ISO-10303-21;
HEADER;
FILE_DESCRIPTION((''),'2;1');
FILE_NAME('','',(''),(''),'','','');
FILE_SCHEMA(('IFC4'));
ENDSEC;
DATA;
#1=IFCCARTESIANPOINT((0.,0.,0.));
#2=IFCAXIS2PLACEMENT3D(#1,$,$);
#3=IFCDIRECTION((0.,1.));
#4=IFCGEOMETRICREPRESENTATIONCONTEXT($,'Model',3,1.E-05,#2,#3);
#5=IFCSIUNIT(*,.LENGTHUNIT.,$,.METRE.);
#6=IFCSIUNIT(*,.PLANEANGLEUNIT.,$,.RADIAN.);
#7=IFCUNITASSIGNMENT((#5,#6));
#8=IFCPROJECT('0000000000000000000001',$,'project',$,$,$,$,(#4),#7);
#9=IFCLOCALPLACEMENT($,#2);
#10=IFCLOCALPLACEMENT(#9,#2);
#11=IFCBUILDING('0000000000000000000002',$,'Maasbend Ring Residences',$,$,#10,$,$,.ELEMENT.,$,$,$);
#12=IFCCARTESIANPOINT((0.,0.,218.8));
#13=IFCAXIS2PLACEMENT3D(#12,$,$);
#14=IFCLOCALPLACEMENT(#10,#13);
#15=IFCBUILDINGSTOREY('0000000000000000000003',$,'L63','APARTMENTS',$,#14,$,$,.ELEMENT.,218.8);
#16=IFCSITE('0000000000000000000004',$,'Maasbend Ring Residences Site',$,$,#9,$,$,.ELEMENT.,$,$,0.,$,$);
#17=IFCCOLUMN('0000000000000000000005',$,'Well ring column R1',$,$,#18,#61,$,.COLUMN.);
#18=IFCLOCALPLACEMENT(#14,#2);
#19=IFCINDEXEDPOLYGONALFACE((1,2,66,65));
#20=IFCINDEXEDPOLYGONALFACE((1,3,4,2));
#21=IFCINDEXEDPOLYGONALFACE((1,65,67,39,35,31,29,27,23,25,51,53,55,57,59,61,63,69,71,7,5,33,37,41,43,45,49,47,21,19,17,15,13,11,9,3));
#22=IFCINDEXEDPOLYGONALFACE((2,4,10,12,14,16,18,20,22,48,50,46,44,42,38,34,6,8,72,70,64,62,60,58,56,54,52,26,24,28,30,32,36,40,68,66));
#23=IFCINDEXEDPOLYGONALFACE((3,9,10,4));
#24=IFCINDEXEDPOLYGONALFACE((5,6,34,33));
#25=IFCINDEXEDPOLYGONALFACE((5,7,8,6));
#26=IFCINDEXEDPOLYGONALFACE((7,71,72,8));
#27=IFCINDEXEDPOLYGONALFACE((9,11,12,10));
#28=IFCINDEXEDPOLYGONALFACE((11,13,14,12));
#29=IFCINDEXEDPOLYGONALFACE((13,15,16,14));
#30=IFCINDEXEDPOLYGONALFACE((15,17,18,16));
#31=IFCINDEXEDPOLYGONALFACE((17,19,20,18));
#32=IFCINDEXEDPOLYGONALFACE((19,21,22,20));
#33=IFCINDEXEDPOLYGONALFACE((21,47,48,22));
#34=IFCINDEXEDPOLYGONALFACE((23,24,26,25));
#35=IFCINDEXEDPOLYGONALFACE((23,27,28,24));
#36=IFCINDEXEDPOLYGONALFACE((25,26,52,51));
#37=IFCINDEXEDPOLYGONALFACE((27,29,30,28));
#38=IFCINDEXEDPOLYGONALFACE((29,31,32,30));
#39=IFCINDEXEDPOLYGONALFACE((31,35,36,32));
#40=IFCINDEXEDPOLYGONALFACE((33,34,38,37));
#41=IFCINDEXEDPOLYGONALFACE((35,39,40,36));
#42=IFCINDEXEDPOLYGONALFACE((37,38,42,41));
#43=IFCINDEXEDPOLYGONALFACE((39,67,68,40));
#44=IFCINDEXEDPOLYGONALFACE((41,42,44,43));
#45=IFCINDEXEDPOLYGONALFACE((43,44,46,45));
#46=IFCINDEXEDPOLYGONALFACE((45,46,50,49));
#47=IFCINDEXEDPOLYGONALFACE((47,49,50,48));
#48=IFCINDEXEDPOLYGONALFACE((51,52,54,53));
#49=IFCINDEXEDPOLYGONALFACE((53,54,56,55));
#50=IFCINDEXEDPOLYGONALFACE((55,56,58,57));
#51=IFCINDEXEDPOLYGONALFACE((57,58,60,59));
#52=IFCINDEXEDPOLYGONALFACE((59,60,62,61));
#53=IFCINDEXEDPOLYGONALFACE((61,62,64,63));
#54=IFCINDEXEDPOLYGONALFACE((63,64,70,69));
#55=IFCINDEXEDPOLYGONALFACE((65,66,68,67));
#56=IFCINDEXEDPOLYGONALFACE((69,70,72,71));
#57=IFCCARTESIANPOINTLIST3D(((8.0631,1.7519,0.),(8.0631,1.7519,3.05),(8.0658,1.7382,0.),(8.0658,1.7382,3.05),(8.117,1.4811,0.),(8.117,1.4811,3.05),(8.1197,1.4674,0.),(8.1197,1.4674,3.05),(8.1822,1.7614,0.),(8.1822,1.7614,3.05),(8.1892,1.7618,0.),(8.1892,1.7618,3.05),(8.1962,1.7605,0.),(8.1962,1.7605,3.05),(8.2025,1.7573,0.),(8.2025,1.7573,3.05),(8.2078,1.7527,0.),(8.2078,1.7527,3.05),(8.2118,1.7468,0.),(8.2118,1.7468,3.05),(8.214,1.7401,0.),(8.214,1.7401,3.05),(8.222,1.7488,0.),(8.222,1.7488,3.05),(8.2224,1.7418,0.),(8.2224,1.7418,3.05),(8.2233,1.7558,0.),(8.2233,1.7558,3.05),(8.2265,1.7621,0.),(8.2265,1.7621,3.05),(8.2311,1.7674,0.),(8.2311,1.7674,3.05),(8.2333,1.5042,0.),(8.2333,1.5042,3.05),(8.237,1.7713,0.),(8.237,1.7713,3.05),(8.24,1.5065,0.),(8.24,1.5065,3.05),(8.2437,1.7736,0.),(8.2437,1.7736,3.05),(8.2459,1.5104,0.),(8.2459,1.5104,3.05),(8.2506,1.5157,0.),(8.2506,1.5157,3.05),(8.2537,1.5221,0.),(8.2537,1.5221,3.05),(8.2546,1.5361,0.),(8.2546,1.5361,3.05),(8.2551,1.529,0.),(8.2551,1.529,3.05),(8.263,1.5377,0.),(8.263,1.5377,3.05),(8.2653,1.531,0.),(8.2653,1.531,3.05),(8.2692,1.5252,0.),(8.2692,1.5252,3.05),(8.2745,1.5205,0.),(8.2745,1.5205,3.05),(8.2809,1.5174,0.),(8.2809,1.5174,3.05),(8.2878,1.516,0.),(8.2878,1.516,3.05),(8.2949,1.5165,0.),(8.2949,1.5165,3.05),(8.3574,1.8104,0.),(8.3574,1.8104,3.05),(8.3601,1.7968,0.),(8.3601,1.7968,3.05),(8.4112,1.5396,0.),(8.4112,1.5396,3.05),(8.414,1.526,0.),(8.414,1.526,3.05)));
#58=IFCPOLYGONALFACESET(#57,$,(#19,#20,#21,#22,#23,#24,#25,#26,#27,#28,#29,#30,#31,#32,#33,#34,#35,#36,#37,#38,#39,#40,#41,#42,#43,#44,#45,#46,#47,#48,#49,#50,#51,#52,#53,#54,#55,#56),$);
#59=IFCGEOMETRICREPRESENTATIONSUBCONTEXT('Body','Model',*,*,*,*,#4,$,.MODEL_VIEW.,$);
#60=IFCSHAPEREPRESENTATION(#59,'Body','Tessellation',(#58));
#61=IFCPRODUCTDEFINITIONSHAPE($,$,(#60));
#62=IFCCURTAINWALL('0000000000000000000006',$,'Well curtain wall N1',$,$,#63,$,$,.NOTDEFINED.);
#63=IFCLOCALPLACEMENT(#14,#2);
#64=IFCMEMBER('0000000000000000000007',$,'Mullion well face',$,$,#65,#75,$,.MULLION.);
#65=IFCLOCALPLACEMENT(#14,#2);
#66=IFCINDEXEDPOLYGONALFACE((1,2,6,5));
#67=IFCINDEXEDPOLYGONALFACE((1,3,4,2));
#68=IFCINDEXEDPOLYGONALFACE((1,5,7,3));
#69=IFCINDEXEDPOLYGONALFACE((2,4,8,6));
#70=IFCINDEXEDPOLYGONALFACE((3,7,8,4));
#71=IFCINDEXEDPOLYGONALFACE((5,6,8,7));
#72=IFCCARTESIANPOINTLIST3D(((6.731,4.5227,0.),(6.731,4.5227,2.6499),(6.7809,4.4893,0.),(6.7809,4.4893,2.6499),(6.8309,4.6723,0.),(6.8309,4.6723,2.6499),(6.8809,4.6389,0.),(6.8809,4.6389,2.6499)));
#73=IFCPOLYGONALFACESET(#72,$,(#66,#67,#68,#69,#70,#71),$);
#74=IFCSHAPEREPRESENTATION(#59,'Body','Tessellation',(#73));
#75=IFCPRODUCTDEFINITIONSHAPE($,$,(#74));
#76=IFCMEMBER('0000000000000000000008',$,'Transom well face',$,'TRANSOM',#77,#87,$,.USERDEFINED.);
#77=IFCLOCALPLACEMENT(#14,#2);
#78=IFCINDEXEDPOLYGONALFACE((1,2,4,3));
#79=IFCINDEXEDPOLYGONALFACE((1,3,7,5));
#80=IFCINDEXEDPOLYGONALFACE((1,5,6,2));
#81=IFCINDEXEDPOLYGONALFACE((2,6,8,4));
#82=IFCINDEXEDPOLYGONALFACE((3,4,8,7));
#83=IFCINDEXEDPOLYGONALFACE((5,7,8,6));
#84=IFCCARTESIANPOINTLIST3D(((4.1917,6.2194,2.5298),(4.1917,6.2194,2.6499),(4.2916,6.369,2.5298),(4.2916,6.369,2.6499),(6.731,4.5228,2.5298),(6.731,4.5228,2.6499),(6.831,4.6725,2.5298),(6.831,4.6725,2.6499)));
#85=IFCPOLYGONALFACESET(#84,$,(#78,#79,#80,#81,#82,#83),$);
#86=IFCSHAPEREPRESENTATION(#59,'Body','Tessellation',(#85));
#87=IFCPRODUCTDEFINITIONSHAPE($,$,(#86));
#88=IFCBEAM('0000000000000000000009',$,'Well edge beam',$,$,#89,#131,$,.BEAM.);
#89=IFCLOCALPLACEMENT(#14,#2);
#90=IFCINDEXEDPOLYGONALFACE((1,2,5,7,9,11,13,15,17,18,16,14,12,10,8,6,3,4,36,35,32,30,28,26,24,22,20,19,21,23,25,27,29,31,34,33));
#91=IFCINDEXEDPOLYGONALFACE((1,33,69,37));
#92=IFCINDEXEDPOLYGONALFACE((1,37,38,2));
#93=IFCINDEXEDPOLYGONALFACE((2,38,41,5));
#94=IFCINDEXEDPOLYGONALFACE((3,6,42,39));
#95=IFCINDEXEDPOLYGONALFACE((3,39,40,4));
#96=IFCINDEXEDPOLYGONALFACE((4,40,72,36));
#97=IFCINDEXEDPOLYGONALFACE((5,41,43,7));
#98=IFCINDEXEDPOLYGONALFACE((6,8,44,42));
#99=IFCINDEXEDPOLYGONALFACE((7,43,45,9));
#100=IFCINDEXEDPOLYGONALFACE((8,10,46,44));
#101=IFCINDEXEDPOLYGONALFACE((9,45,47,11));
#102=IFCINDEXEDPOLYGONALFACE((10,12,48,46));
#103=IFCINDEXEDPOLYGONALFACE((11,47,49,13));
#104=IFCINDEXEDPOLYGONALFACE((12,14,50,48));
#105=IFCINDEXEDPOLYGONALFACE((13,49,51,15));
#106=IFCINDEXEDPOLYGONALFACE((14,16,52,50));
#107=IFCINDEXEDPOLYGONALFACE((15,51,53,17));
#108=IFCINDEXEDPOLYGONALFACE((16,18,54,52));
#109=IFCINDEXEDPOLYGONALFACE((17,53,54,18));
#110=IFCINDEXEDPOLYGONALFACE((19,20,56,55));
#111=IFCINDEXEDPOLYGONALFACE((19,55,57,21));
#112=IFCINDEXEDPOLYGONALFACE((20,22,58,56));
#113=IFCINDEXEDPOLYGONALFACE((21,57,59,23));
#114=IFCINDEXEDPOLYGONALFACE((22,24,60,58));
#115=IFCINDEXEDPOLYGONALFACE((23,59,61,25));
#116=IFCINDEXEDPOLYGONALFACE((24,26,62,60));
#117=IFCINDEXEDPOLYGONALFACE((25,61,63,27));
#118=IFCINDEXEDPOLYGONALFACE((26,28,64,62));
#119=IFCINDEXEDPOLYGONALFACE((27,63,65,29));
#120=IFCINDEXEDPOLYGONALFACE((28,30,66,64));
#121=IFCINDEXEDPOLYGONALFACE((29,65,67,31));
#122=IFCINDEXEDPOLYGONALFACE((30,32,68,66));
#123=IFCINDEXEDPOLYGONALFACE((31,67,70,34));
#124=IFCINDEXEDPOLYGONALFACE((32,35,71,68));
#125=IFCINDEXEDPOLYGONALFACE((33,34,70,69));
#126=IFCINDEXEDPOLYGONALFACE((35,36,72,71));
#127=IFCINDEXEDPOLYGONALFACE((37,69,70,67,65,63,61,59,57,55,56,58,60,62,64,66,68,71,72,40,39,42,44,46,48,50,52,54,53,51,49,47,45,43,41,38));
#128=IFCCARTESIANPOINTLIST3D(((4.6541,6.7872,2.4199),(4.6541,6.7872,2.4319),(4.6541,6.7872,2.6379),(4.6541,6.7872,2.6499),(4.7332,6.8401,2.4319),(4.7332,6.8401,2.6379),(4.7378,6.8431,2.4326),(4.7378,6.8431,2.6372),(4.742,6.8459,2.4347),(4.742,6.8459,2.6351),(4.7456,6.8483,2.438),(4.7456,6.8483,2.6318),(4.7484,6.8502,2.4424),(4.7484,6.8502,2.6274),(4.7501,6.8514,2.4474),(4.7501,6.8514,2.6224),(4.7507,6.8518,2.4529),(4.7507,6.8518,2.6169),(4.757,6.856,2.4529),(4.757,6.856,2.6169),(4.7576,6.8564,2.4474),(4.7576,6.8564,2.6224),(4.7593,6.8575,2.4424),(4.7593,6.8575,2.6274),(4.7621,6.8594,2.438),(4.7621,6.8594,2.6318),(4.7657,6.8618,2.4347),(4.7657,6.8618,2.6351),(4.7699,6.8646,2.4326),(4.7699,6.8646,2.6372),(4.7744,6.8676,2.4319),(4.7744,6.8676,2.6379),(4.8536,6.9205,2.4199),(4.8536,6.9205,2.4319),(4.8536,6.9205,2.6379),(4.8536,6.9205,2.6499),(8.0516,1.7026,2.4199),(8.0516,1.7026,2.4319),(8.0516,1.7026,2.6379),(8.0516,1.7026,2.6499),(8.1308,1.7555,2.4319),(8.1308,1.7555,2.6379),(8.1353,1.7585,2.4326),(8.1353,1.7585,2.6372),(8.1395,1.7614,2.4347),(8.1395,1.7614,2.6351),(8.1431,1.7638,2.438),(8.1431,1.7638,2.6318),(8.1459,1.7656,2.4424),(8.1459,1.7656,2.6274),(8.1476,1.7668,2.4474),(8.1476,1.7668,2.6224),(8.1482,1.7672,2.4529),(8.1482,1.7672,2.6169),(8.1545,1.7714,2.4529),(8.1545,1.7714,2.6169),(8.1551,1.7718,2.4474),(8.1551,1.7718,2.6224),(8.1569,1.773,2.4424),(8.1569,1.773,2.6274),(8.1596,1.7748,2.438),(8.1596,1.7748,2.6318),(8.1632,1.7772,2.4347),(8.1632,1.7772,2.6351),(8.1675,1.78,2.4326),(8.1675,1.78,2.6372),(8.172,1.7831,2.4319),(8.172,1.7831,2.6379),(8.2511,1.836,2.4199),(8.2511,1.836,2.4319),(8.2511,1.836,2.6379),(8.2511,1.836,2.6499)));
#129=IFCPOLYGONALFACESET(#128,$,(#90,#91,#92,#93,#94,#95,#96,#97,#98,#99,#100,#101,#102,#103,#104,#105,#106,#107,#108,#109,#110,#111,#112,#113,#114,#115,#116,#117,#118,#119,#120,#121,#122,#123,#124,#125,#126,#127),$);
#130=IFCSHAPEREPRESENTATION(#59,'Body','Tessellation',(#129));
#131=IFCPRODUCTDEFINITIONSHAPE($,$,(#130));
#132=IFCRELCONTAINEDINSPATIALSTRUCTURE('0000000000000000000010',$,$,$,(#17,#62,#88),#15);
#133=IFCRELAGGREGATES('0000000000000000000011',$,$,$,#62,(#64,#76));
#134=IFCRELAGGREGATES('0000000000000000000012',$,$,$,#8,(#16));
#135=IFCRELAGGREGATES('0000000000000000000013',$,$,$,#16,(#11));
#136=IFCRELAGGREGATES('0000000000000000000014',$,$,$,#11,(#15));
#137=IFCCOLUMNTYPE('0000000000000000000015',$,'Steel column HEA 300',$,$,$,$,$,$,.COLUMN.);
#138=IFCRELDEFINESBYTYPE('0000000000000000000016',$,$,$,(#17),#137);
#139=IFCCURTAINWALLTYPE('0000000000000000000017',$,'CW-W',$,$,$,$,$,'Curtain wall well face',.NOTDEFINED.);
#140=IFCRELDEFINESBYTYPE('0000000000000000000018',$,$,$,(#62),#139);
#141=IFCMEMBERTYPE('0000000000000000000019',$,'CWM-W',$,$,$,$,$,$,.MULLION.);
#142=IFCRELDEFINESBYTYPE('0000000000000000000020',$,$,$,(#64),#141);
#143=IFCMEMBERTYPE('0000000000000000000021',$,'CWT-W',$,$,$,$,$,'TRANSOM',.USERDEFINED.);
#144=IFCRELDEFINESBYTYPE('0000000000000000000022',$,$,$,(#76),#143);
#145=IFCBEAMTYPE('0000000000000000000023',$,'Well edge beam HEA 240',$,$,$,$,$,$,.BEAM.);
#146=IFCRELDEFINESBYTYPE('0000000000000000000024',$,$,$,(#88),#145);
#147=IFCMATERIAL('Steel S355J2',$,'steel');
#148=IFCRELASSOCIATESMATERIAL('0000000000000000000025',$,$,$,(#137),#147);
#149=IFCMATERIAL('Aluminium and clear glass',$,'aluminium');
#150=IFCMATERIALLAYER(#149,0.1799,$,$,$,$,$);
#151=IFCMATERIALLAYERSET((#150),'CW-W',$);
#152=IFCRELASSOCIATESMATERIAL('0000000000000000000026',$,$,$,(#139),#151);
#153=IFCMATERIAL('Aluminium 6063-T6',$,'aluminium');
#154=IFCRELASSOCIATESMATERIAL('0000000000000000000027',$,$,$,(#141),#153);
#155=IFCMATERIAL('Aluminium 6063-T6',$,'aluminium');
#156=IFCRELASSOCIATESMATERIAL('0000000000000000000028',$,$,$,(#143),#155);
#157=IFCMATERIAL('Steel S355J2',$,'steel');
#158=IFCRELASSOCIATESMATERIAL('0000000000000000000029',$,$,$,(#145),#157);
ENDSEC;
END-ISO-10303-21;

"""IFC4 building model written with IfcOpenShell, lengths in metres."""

from ifc_helpers import new_model, si_unit, direction, frame, origin, origin_2d, place, context, subcontext, project, spatial, rectangle, i_section, extrude, material, layer, layer_set, material_profile, profile_set, type_object, element, aggregate, save


model = new_model("IFC4")

# Units and contexts
model_context = context("Model", 3, precision=1e-05, world=origin(), true_north=direction((0.0, 1.0)))
body_context = subcontext(model_context, "Body", "Model", "MODEL_VIEW")
ifc_project = project(units=[si_unit("LENGTHUNIT", "METRE"), si_unit("PLANEANGLEUNIT", "RADIAN")], contexts=[model_context])

# Site, building, storey
site_placement = place(None, origin())
site = spatial("IfcSite", under=ifc_project, at=site_placement, Name="Maasbend Ring Residences Site", CompositionType="ELEMENT", RefElevation=0.0)
building_placement = place(site_placement, origin())
building = spatial("IfcBuilding", under=site, at=building_placement, Name="Maasbend Ring Residences", CompositionType="ELEMENT")
storey_placement = place(building_placement, frame((0.0, 0.0, 218.8)))
storey = spatial("IfcBuildingStorey", under=building, at=storey_placement, Name="L63", Description="APARTMENTS", CompositionType="ELEMENT", Elevation=218.8)

# Column
ifc_material_1 = material(Name="Steel S355J2", Category="steel")
ifc_material_profile_1 = material_profile(ifc_material_1, i_section(OverallWidth=0.3, OverallDepth=0.29, WebThickness=0.0085, FlangeThickness=0.0139, FilletRadius=0.0271, at=origin_2d()), Name="HEA 300")
ifc_profile_set_1 = profile_set([ifc_material_profile_1], Name="Steel S355J2")
column_type = type_object("IfcColumnType", Name="Steel column HEA 300", PredefinedType="COLUMN", material=ifc_profile_set_1)
column_placement = place(storey_placement, frame((8.2385, 1.6389, 0.0), z_axis=(0.0, 0.0, 1.0), x_axis=(0.980785, 0.19509, 0.0)))
element("IfcColumn", 1, at=column_placement, inside=storey, type_object=column_type, Name="Well ring column R1", PredefinedType="COLUMN", context=body_context, shape_type="SweptSolid", body=[
    extrude(i_section(OverallWidth=0.3, OverallDepth=0.29, WebThickness=0.0085, FlangeThickness=0.0139, FilletRadius=0.0271, at=origin_2d()), origin(), (0.0, 0.0, 1.0), 3.05),
])

# Curtain wall, members
ifc_material_2 = material(Name="Aluminium and clear glass", Category="aluminium")
ifc_layer_1 = layer(ifc_material_2, 0.1799)
ifc_layer_set_1 = layer_set([ifc_layer_1], Name="CW-W")
curtain_wall_type = type_object("IfcCurtainWallType", Name="CW-W", ElementType="Curtain wall well face", PredefinedType="NOTDEFINED", material=ifc_layer_set_1)
curtain_wall_placement = place(storey_placement, origin())
curtain_wall = element("IfcCurtainWall", 2, at=curtain_wall_placement, inside=storey, type_object=curtain_wall_type, Name="Well curtain wall N1", PredefinedType="NOTDEFINED")
ifc_material_3 = material(Name="Aluminium 6063-T6", Category="aluminium")
ifc_material_profile_2 = material_profile(ifc_material_3, rectangle(XDim=0.1799, YDim=0.0601, at=origin_2d()), Name="AL 180x60")
ifc_profile_set_2 = profile_set([ifc_material_profile_2], Name="Aluminium 6063-T6")
member_type_1 = type_object("IfcMemberType", Name="CWM-W", PredefinedType="MULLION", material=ifc_profile_set_2)
member_1_placement = place(storey_placement, frame((6.8059, 4.5808, 0.0), z_axis=(0.0, 0.0, 1.0), x_axis=(-0.55557, -0.83147, 0.0)))
member_1 = element("IfcMember", 3, at=member_1_placement, type_object=member_type_1, Name="Mullion well face", PredefinedType="MULLION", context=body_context, shape_type="SweptSolid", body=[
    extrude(rectangle(XDim=0.1799, YDim=0.0601, at=origin_2d()), origin(), (0.0, 0.0, 1.0), 2.6499),
])
ifc_material_4 = material(Name="Aluminium 6063-T6", Category="aluminium")
ifc_material_profile_3 = material_profile(ifc_material_4, rectangle(XDim=0.1799, YDim=0.1201, at=origin_2d()), Name="AL 180x120")
ifc_profile_set_3 = profile_set([ifc_material_profile_3], Name="Aluminium 6063-T6")
member_type_2 = type_object("IfcMemberType", Name="CWT-W", ElementType="TRANSOM", PredefinedType="USERDEFINED", material=ifc_profile_set_3)
member_2_placement = place(storey_placement, frame((6.781, 4.5977, 2.5898), z_axis=(-0.831496, 0.55553, 0.0), x_axis=(-0.55553, -0.831496, 0.0)))
member_2 = element("IfcMember", 4, at=member_2_placement, type_object=member_type_2, Name="Transom well face", ObjectType="TRANSOM", PredefinedType="USERDEFINED", context=body_context, shape_type="SweptSolid", body=[
    extrude(rectangle(XDim=0.1799, YDim=0.1201, at=origin_2d()), origin(), (0.0, 0.0, 1.0), 3.054),
])
aggregate(curtain_wall, [member_1, member_2])

# Beam
ifc_material_5 = material(Name="Steel S355J2", Category="steel")
ifc_material_profile_4 = material_profile(ifc_material_5, i_section(OverallWidth=0.24, OverallDepth=0.23, WebThickness=0.0076, FlangeThickness=0.012, FilletRadius=0.021, at=origin_2d()), Name="HEA 240")
ifc_profile_set_4 = profile_set([ifc_material_profile_4], Name="Steel S355J2")
beam_type = type_object("IfcBeamType", Name="Well edge beam HEA 240", PredefinedType="BEAM", material=ifc_profile_set_4)
beam_placement = place(storey_placement, frame((8.1514, 1.7693, 2.5349), z_axis=(-0.555584, 0.83146, 0.0), x_axis=(-0.83146, -0.555584, 0.0)))
element("IfcBeam", 5, at=beam_placement, inside=storey, type_object=beam_type, Name="Well edge beam", PredefinedType="BEAM", context=body_context, shape_type="SweptSolid", body=[
    extrude(i_section(OverallWidth=0.24, OverallDepth=0.23, WebThickness=0.0076, FlangeThickness=0.012, FilletRadius=0.021, at=origin_2d()), origin(), (0.0, 0.0, 1.0), 6.1152),
])

save(model, "model.ifc")
